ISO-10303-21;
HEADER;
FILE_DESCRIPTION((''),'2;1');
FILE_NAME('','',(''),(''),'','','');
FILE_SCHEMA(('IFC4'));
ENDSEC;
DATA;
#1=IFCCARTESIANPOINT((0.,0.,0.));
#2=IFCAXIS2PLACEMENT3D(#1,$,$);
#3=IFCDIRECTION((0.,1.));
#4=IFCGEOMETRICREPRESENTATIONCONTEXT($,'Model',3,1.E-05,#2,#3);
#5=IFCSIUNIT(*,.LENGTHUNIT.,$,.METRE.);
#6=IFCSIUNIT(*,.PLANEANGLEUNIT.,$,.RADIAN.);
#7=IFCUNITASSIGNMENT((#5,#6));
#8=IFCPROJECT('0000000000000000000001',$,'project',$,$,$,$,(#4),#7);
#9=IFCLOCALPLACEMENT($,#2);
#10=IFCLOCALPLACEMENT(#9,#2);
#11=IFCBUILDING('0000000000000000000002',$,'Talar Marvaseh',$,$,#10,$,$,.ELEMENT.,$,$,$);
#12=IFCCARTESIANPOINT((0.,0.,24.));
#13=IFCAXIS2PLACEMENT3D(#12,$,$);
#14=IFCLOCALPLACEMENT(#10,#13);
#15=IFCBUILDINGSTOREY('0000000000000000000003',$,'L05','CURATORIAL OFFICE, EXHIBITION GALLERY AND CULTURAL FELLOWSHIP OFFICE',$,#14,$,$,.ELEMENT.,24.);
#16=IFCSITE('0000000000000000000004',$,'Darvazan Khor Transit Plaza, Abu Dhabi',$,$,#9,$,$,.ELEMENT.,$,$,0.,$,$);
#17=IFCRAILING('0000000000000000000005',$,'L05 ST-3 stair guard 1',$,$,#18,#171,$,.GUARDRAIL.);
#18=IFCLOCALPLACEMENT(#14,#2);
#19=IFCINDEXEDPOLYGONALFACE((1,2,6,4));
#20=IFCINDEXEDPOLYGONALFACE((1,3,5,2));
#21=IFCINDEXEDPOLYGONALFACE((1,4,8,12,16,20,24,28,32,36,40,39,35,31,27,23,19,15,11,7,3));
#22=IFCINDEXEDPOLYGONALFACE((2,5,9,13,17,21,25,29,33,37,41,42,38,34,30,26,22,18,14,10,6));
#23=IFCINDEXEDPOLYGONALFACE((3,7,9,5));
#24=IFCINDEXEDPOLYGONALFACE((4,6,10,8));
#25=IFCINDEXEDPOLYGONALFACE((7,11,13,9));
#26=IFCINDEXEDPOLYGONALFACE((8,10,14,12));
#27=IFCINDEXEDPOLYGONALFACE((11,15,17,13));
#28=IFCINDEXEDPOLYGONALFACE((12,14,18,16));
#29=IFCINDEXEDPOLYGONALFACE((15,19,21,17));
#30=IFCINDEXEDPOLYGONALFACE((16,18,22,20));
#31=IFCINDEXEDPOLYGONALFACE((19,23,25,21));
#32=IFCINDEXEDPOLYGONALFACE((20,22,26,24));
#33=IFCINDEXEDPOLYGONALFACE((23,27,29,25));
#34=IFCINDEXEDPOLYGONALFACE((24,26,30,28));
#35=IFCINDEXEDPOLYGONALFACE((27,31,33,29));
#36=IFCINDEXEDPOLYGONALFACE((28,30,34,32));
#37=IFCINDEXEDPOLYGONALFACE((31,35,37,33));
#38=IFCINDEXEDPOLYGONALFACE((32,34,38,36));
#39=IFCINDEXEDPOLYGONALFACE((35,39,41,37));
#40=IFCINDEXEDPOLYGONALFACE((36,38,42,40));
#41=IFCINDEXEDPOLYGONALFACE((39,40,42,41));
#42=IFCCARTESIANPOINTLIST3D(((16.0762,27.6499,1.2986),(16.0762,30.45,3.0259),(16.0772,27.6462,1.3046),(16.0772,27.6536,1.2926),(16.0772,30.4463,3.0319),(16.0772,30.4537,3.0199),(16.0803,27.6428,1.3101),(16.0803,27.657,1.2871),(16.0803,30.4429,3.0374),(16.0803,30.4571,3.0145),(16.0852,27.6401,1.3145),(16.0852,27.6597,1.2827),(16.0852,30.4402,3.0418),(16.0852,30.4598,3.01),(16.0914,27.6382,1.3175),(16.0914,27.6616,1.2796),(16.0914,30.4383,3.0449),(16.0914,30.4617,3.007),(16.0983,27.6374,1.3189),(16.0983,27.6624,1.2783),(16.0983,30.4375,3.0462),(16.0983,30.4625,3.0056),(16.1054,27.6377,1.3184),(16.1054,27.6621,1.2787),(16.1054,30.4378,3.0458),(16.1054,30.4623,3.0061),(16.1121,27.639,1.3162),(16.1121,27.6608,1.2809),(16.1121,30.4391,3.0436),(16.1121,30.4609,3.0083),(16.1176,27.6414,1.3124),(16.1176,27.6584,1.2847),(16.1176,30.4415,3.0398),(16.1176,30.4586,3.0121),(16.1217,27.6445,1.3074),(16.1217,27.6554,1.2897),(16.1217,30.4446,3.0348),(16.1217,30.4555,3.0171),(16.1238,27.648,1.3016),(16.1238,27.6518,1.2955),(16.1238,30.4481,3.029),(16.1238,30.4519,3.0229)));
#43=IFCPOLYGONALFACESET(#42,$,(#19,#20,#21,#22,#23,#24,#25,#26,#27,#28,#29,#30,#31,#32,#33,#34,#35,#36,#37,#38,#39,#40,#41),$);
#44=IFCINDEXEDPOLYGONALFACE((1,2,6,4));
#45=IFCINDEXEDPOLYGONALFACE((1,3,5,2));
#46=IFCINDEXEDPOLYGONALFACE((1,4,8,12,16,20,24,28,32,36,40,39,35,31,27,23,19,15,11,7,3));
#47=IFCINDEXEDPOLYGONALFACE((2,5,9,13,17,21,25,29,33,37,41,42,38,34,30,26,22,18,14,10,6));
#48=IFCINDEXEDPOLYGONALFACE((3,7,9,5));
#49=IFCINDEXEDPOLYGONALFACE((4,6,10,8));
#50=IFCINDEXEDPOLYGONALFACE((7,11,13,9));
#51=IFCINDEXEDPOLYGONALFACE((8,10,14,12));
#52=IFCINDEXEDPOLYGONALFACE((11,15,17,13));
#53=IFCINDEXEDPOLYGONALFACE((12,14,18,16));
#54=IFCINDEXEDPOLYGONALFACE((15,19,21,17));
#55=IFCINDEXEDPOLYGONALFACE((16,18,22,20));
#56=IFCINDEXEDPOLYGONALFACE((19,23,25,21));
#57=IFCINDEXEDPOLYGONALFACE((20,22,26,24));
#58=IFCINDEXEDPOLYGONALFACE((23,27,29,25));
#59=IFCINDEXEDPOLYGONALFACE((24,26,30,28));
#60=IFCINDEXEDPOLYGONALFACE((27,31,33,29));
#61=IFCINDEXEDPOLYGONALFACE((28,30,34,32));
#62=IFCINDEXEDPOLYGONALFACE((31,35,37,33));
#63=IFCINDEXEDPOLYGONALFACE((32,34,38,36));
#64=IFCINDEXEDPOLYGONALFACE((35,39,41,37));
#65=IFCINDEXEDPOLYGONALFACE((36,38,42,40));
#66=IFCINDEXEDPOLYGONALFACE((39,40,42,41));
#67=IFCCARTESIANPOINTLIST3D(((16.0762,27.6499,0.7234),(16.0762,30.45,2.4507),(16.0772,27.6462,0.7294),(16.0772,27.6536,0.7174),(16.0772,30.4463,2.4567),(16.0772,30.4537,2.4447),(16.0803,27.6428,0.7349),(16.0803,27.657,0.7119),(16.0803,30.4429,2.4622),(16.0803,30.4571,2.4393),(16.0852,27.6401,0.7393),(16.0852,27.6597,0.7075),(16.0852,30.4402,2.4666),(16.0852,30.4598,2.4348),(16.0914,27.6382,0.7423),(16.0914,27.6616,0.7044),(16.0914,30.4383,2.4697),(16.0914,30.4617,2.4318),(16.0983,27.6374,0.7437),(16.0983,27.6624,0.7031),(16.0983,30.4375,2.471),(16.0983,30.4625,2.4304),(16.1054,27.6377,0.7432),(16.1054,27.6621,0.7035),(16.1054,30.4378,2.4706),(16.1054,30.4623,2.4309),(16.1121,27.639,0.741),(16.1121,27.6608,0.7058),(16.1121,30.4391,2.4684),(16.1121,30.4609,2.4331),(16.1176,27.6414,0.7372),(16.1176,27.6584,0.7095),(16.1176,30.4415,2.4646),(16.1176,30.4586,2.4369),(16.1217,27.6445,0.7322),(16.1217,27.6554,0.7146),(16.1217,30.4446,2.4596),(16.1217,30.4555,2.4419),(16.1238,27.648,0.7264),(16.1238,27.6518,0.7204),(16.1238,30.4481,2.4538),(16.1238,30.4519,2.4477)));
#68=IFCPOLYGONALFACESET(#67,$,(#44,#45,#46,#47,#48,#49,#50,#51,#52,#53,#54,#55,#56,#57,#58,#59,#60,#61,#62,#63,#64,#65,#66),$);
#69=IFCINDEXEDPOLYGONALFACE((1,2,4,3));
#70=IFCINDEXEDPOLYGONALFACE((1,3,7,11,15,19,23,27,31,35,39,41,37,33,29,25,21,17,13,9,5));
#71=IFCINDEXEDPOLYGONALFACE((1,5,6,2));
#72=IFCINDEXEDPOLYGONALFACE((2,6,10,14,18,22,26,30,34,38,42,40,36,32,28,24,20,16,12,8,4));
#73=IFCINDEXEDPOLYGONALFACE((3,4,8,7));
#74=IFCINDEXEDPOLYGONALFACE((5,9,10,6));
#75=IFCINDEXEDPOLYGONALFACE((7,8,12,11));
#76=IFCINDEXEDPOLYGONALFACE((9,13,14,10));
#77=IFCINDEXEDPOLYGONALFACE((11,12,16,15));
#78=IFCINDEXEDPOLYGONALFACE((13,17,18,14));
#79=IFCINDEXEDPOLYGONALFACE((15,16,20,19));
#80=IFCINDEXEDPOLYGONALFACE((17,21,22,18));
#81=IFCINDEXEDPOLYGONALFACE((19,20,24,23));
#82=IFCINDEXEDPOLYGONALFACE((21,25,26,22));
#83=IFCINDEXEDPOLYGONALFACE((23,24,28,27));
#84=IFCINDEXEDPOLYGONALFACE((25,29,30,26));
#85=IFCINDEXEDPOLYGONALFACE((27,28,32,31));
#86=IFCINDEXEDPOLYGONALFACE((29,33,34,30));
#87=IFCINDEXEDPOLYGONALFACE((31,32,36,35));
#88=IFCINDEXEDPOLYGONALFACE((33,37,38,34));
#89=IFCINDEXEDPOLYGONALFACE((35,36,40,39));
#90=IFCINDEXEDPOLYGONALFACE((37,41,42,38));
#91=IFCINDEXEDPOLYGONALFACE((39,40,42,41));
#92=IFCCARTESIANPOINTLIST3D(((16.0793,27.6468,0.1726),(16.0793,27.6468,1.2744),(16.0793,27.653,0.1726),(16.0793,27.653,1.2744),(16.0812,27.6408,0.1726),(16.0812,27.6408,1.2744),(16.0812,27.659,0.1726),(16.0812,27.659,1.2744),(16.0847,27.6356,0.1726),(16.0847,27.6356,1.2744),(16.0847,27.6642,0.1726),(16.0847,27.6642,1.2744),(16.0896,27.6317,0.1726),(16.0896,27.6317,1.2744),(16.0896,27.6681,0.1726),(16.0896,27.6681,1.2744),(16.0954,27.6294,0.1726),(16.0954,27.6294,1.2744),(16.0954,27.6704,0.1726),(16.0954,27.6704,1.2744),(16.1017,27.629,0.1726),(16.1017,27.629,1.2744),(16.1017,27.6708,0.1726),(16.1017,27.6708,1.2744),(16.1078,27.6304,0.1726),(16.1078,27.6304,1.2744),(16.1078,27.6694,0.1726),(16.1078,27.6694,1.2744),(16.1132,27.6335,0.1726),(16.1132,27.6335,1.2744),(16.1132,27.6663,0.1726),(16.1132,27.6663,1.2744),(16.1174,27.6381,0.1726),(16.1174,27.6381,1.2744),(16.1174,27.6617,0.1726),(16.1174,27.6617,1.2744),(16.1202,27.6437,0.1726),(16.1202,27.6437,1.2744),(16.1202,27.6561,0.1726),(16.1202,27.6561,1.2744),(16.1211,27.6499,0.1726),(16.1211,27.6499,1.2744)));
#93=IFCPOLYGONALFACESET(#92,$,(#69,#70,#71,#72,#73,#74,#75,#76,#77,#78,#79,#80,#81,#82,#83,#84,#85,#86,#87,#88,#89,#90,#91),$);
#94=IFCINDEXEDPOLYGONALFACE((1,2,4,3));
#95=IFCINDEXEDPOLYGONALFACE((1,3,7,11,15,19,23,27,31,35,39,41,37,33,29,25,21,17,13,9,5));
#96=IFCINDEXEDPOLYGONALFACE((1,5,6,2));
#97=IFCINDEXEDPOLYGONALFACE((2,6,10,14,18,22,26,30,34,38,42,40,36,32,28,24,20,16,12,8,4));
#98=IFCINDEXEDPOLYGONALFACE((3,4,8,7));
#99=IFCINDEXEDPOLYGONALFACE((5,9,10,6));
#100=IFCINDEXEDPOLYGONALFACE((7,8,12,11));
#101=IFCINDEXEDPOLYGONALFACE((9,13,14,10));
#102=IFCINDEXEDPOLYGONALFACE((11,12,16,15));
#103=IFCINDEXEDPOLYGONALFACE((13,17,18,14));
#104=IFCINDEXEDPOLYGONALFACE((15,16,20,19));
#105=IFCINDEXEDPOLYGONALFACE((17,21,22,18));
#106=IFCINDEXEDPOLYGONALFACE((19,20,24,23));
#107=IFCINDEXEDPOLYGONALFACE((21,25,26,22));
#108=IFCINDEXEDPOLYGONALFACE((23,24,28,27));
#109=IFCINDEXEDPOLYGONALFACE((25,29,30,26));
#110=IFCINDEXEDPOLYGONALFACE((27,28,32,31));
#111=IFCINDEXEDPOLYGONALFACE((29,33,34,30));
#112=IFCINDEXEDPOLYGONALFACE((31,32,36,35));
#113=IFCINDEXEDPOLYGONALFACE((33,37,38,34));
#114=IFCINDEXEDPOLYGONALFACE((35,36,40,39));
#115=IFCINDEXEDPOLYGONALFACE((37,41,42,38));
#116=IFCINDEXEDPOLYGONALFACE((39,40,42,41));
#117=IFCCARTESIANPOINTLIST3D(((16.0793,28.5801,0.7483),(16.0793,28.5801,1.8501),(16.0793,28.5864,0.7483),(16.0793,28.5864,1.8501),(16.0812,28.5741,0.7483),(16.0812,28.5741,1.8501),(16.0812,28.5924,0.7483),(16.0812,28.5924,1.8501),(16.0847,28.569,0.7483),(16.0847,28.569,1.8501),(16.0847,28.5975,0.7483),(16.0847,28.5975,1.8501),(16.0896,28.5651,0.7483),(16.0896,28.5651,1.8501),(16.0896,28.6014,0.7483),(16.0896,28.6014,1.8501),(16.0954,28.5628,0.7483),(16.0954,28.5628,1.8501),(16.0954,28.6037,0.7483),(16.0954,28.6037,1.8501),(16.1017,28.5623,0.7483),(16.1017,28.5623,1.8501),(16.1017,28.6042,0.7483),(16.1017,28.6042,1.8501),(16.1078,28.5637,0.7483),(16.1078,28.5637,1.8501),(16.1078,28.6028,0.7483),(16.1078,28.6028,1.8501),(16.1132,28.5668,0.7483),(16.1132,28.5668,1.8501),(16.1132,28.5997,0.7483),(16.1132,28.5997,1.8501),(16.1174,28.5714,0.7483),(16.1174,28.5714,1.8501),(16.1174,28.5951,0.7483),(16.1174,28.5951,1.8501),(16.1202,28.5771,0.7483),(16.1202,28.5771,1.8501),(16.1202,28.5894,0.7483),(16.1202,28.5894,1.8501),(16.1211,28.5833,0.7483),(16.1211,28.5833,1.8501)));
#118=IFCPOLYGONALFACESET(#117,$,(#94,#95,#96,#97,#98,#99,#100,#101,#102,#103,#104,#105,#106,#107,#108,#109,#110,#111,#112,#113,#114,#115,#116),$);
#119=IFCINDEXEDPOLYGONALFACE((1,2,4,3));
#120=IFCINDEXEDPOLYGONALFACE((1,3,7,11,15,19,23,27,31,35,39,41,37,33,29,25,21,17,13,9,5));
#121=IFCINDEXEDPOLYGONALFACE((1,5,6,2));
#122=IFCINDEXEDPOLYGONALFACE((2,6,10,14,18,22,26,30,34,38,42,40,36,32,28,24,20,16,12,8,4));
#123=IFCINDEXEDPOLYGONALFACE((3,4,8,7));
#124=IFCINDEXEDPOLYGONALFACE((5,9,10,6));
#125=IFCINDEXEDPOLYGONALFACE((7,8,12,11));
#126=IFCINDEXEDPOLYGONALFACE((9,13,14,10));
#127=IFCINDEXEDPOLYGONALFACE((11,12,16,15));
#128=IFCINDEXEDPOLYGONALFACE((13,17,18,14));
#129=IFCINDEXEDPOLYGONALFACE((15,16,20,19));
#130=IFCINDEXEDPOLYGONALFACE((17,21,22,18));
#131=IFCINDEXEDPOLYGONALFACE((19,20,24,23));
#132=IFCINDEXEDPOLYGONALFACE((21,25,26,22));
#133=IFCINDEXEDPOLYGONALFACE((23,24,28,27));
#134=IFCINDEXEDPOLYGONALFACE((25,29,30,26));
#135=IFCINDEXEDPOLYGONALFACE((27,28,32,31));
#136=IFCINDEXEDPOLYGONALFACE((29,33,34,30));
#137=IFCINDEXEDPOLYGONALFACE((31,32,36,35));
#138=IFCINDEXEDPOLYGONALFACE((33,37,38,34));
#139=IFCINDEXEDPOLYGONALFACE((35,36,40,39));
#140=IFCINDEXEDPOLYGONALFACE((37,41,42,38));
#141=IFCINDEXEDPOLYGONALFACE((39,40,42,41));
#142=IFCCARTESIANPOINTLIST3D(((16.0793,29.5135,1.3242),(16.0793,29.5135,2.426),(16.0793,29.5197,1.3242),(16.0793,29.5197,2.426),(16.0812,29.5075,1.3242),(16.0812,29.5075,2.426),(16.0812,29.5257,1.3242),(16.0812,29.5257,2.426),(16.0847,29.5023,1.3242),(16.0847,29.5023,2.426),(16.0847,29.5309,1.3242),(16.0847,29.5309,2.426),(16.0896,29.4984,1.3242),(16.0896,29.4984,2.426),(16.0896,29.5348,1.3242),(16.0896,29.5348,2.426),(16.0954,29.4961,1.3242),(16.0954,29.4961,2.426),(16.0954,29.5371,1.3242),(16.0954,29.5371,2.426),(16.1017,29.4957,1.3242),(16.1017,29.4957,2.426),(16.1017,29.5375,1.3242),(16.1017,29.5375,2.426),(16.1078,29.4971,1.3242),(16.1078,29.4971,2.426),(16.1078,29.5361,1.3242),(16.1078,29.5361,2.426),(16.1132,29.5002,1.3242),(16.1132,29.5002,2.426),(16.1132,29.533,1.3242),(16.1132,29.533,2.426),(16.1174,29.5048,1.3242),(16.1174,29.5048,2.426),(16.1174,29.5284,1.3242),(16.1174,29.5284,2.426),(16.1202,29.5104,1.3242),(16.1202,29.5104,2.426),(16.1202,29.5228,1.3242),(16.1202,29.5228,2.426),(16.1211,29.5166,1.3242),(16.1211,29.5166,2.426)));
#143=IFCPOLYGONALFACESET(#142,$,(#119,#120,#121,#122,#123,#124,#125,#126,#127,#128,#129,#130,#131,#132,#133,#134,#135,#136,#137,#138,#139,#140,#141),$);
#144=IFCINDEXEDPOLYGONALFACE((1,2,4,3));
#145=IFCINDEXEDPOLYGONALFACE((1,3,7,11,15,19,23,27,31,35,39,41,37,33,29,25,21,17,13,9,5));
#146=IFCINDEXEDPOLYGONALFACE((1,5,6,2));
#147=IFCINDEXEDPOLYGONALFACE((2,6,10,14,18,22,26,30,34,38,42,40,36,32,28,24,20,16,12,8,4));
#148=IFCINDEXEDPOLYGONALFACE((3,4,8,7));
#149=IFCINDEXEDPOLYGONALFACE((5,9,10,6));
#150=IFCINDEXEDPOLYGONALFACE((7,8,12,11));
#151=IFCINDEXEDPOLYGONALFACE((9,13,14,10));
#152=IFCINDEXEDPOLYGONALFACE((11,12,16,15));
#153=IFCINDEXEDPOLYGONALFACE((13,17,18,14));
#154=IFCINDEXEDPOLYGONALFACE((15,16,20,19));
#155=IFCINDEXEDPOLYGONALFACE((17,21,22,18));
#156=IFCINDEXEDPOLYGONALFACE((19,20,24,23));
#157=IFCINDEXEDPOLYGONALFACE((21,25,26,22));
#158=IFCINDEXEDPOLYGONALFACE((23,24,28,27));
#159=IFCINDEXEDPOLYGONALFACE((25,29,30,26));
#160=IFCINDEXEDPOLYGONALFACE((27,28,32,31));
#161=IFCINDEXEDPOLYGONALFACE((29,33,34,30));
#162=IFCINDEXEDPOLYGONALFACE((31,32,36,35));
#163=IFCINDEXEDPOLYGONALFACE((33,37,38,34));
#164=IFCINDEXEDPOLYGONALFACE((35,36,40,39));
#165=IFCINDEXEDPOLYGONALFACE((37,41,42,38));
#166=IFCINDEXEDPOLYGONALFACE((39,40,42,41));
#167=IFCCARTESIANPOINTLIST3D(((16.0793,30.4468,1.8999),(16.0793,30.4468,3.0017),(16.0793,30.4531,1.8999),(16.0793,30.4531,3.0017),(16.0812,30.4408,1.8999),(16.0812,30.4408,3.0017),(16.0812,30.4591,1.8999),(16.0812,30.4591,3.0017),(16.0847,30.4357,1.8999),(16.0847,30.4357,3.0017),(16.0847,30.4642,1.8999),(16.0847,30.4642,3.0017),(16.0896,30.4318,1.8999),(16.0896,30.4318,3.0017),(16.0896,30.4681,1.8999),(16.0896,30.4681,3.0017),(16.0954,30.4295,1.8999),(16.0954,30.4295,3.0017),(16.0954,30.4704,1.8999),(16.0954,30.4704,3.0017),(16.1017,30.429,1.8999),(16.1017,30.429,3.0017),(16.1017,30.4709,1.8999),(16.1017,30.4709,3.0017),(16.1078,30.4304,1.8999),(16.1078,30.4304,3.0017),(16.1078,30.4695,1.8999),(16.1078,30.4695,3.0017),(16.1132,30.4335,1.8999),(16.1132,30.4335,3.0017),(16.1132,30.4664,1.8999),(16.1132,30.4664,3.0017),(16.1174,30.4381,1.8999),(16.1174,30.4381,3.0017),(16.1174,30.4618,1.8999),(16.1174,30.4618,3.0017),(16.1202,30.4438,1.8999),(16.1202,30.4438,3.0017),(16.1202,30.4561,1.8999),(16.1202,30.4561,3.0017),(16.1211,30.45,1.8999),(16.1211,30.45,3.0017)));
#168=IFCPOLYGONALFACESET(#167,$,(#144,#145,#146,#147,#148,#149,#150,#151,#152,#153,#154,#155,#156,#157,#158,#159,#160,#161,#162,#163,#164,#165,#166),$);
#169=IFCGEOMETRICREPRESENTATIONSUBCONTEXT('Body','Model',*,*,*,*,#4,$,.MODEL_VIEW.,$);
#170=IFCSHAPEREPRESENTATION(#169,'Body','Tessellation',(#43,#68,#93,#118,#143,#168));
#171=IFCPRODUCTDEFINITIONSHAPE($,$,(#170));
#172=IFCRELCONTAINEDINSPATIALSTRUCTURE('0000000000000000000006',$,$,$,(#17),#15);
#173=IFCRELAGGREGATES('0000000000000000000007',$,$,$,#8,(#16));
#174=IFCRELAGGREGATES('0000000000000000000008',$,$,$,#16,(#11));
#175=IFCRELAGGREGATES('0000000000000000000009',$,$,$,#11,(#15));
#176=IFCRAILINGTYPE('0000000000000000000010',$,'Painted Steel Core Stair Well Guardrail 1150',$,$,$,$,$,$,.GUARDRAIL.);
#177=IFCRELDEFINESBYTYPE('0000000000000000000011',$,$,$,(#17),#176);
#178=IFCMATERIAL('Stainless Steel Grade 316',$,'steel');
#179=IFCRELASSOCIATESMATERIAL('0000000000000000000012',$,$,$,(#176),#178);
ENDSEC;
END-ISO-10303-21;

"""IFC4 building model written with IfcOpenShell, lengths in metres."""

from ifc_helpers import new_model, si_unit, direction, frame, origin, origin_2d, place, context, subcontext, project, spatial, circle, extrude, material, type_object, element, save


model = new_model("IFC4")

# Units and contexts
model_context = context("Model", 3, precision=1e-05, world=origin(), true_north=direction((0.0, 1.0)))
body_context = subcontext(model_context, "Body", "Model", "MODEL_VIEW")
ifc_project = project(units=[si_unit("LENGTHUNIT", "METRE"), si_unit("PLANEANGLEUNIT", "RADIAN")], contexts=[model_context])

# Site, building, storey
site_placement = place(None, origin())
site = spatial("IfcSite", under=ifc_project, at=site_placement, Name="Darvazan Khor Transit Plaza, Abu Dhabi", CompositionType="ELEMENT", RefElevation=0.0)
building_placement = place(site_placement, origin())
building = spatial("IfcBuilding", under=site, at=building_placement, Name="Talar Marvaseh", CompositionType="ELEMENT")
storey_placement = place(building_placement, frame((0.0, 0.0, 24.0)))
storey = spatial("IfcBuildingStorey", under=building, at=storey_placement, Name="L05", Description="CURATORIAL OFFICE, EXHIBITION GALLERY AND CULTURAL FELLOWSHIP OFFICE", CompositionType="ELEMENT", Elevation=24.0)

# Railing
ifc_material_1 = material(Name="Stainless Steel Grade 316", Category="steel")
railing_type_1 = type_object("IfcRailingType", Name="Painted Steel Core Stair Well Guardrail 1150", PredefinedType="GUARDRAIL", material=ifc_material_1)
railing_1_placement = place(storey_placement, frame((16.1001, 27.6499, 0.1726)))
element("IfcRailing", 1, at=railing_1_placement, inside=storey, type_object=railing_type_1, Name="L05 ST-3 stair guard 1", PredefinedType="GUARDRAIL", context=body_context, shape_type="SweptSolid", body=[
    extrude(circle(Radius=0.0239, at=origin_2d()), frame((0.0, 0.0, 1.126), z_axis=(0.0, 0.85109, 0.52502), x_axis=(-1.0, 0.0, 0.0)), (0.0, 0.0, 1.0), 3.29),
    extrude(circle(Radius=0.0239, at=origin_2d()), frame((0.0, 0.0, 0.5508), z_axis=(0.0, 0.85109, 0.52502), x_axis=(-1.0, 0.0, 0.0)), (0.0, 0.0, 1.0), 3.29),
    extrude(circle(Radius=0.021, at=origin_2d()), origin(), (0.0, 0.0, 1.0), 1.1018),
    extrude(circle(Radius=0.021, at=origin_2d()), frame((0.0, 0.9333, 0.5757)), (0.0, 0.0, 1.0), 1.1018),
    extrude(circle(Radius=0.021, at=origin_2d()), frame((0.0, 1.8667, 1.1516)), (0.0, 0.0, 1.0), 1.1018),
    extrude(circle(Radius=0.021, at=origin_2d()), frame((0.0, 2.8, 1.7273)), (0.0, 0.0, 1.0), 1.1018),
])

save(model, "model.ifc")
